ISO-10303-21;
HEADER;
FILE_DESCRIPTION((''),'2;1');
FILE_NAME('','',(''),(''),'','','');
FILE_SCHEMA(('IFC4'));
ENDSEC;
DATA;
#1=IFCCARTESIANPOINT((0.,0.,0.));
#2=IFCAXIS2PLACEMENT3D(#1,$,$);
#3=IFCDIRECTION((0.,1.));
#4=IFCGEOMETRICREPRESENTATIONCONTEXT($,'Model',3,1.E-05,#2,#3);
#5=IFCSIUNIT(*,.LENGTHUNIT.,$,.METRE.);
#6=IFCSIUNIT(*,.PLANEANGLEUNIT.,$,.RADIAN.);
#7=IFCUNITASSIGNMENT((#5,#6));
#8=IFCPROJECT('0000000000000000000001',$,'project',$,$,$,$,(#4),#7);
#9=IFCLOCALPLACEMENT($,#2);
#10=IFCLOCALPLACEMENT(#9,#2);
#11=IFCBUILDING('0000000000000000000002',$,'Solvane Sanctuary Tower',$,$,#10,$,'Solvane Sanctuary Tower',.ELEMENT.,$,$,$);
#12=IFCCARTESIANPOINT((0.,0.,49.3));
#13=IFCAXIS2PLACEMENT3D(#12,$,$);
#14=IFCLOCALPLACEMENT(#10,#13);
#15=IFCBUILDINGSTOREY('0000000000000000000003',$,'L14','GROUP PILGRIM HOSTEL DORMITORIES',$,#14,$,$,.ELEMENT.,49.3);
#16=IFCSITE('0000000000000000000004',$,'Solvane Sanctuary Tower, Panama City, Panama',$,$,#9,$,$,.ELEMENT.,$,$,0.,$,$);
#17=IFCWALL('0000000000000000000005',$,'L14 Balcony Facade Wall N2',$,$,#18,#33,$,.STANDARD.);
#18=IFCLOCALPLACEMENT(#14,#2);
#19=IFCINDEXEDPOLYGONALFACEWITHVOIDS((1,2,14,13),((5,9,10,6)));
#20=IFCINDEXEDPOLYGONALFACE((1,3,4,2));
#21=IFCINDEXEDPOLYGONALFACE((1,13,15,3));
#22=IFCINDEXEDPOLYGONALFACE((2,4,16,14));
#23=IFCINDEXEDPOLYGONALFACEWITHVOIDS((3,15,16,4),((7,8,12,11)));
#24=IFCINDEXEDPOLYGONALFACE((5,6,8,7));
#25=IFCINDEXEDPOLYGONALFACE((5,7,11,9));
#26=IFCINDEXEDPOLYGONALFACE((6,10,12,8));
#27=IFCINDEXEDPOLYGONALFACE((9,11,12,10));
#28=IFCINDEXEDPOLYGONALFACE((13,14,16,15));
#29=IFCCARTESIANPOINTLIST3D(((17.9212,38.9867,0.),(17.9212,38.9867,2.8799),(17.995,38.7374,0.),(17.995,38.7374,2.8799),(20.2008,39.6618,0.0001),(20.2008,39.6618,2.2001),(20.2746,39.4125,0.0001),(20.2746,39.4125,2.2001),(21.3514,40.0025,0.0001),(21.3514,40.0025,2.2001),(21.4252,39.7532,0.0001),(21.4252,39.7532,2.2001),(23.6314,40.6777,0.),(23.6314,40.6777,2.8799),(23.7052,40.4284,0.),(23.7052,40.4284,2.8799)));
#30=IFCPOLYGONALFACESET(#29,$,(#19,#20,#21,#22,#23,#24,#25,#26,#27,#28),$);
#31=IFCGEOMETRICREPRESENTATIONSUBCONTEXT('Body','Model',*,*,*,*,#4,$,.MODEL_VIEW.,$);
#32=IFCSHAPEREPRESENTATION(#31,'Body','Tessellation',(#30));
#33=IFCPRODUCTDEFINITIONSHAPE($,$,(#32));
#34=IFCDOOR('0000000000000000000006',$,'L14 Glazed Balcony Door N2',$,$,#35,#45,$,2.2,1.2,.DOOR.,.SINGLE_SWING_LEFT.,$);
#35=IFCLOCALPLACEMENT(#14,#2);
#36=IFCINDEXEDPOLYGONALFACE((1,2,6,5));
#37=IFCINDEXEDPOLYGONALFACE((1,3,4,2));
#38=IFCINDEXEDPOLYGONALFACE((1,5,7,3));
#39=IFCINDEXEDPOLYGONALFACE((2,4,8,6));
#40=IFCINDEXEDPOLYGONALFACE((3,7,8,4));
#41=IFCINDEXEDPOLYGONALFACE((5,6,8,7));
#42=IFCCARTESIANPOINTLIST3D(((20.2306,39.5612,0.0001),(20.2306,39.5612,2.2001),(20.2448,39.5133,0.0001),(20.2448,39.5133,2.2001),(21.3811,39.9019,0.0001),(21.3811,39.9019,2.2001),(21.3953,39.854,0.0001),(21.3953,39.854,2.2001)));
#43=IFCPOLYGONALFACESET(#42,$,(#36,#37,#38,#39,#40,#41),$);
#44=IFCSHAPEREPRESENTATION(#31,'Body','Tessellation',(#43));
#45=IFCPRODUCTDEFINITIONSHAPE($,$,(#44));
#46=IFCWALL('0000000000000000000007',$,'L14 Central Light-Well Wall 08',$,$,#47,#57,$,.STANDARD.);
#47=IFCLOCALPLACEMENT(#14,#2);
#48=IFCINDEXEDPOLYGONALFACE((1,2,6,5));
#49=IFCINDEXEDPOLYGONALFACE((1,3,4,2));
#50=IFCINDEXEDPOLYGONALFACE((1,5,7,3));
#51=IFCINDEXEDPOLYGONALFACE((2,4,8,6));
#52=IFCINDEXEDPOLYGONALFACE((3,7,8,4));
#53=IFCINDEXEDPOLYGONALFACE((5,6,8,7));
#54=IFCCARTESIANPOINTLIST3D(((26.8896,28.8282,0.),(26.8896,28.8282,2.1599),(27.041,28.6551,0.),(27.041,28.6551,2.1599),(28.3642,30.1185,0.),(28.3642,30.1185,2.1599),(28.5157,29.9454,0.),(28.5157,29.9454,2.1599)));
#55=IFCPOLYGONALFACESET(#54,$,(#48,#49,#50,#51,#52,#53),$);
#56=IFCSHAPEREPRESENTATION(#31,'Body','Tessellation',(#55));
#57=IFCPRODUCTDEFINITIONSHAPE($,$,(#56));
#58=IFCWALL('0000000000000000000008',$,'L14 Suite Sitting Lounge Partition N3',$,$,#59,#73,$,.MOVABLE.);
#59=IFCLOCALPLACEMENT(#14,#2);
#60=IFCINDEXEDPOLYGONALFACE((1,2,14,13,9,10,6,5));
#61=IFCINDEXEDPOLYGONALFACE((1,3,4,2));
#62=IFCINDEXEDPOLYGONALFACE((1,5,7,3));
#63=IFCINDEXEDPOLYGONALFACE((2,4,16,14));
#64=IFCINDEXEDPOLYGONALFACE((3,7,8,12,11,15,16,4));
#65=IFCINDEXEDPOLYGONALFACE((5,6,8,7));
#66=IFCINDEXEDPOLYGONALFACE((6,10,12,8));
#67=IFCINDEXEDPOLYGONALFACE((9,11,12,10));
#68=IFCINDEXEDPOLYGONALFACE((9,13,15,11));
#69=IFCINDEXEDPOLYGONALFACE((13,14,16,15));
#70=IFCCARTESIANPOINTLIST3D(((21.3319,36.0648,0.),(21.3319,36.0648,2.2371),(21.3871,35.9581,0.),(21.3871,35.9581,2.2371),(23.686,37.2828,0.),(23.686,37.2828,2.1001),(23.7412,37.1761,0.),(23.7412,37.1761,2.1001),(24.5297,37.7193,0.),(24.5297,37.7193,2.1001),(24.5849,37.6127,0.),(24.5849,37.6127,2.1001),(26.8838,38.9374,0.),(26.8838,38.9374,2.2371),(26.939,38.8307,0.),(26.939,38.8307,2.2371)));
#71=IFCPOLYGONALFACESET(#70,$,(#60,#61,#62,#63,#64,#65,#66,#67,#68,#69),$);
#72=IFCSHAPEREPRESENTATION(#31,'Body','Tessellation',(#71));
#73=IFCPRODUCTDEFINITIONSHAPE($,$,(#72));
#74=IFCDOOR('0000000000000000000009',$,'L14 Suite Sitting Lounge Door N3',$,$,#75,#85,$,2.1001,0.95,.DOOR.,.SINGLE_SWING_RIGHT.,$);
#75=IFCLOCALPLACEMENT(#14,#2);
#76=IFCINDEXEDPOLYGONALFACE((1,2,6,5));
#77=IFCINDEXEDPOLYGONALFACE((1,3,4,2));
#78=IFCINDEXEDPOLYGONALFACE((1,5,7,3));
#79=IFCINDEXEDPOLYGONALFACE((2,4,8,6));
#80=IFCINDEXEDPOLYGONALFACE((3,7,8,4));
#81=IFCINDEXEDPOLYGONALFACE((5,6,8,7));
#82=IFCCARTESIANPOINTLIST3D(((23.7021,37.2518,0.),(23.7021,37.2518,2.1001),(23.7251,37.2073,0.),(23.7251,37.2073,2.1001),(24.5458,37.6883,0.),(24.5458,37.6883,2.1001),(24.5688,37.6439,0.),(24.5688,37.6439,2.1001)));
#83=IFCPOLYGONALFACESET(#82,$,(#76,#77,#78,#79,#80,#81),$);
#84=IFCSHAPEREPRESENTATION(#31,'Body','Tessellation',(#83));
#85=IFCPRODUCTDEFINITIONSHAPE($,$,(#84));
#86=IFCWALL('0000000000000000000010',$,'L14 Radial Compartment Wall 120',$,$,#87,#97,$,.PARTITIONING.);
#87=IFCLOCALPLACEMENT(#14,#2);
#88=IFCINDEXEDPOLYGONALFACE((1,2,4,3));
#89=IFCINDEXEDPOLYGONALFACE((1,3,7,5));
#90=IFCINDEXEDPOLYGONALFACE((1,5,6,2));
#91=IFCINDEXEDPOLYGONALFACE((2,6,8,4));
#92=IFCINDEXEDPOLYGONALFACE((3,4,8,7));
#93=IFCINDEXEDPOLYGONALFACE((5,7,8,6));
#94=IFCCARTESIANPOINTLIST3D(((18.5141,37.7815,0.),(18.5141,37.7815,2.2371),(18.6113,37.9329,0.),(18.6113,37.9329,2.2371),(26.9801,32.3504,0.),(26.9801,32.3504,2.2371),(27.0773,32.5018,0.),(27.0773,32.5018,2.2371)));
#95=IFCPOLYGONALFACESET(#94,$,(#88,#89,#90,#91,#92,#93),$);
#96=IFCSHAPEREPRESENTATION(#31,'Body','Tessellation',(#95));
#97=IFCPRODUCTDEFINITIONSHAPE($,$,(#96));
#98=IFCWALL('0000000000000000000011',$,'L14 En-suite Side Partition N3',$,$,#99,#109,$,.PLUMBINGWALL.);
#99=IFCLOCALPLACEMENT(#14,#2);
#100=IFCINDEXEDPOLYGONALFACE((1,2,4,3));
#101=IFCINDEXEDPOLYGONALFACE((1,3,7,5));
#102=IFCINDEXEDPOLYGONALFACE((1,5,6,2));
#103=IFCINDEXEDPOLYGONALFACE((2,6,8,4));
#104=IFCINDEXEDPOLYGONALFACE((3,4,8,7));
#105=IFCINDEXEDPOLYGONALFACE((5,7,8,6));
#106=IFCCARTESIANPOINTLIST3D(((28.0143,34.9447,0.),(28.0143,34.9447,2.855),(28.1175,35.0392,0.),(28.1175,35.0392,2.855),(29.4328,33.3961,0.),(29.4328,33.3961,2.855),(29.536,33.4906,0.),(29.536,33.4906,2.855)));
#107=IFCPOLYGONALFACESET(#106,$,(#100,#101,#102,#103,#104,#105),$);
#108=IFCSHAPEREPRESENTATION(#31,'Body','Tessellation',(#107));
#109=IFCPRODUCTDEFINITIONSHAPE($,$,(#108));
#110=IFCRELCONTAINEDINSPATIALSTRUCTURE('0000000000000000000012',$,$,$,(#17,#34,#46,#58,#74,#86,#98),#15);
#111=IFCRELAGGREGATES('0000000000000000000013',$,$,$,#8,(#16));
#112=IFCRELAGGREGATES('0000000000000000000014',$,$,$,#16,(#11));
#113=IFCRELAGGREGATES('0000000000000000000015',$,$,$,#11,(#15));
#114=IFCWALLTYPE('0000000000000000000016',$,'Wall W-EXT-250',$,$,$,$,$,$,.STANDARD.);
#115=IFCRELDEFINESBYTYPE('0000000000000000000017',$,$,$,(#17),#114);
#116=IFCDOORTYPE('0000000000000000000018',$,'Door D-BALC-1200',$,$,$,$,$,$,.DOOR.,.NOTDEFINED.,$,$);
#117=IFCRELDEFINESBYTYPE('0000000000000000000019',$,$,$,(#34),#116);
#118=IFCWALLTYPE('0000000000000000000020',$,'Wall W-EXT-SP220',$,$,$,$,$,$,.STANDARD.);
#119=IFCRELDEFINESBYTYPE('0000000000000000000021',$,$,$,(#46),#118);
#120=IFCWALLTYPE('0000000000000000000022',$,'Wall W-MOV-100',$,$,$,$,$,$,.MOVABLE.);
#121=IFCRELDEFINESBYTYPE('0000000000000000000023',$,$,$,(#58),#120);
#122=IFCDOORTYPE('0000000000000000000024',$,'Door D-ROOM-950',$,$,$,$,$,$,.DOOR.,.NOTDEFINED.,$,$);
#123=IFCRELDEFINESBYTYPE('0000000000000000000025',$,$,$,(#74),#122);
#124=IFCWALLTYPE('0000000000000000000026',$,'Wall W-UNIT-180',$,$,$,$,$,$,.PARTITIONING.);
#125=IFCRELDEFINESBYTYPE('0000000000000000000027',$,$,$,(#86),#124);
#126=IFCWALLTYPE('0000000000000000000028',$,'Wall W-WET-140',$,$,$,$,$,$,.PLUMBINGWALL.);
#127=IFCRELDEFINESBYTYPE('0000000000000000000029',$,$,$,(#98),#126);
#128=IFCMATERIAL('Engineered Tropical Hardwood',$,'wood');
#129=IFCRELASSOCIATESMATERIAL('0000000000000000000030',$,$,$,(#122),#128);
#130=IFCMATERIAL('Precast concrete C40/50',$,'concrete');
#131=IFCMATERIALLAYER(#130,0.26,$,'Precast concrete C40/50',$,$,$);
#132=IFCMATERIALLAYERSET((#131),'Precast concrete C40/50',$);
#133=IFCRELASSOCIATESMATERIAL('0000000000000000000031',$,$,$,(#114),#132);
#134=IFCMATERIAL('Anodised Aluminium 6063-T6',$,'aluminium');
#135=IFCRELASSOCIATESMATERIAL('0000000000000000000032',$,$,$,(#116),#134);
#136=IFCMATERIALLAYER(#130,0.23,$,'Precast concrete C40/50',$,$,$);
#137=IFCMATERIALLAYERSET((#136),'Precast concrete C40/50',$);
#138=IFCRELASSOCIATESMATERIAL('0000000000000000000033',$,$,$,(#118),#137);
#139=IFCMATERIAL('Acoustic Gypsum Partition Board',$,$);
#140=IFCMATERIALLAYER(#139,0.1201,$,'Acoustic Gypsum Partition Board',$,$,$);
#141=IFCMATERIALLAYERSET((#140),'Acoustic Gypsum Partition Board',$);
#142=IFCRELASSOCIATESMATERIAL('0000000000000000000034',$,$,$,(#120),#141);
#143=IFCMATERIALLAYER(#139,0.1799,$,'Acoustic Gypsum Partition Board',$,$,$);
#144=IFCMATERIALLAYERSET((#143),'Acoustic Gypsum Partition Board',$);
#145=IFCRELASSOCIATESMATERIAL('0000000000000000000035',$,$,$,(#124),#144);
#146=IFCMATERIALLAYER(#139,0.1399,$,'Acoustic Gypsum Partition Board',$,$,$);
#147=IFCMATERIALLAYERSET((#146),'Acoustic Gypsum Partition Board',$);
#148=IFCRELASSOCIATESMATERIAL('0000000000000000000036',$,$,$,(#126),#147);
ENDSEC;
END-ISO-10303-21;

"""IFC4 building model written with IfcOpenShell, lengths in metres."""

from ifc_helpers import new_model, si_unit, direction, frame, frame_2d, origin, place, context, subcontext, project, spatial, rectangle, extrude, material, layer, layer_set, type_object, element, fill, save


model = new_model("IFC4")

# Units and contexts
model_context = context("Model", 3, precision=1e-05, world=origin(), true_north=direction((0.0, 1.0)))
body_context = subcontext(model_context, "Body", "Model", "MODEL_VIEW")
ifc_project = project(units=[si_unit("LENGTHUNIT", "METRE"), si_unit("PLANEANGLEUNIT", "RADIAN")], contexts=[model_context])

# Site, building, storey
site_placement = place(None, origin())
site = spatial("IfcSite", under=ifc_project, at=site_placement, Name="Solvane Sanctuary Tower, Panama City, Panama", CompositionType="ELEMENT", RefElevation=0.0)
building_placement = place(site_placement, origin())
building = spatial("IfcBuilding", under=site, at=building_placement, Name="Solvane Sanctuary Tower", LongName="Solvane Sanctuary Tower", CompositionType="ELEMENT")
storey_placement = place(building_placement, frame((0.0, 0.0, 49.3)))
storey = spatial("IfcBuildingStorey", under=building, at=storey_placement, Name="L14", Description="GROUP PILGRIM HOSTEL DORMITORIES", CompositionType="ELEMENT", Elevation=49.3)

# Shared definitions
ifc_material_1 = material(Name="Acoustic Gypsum Partition Board")

# Wall, opening, door
ifc_material_2 = material(Name="Engineered Tropical Hardwood", Category="wood")
door_type_1 = type_object("IfcDoorType", Name="Door D-ROOM-950", OperationType="NOTDEFINED", PredefinedType="DOOR", material=ifc_material_2)
ifc_material_3 = material(Name="Precast concrete C40/50", Category="concrete")
ifc_layer_1 = layer(ifc_material_3, 0.26, Name="Precast concrete C40/50")
ifc_layer_set_1 = layer_set([ifc_layer_1], Name="Precast concrete C40/50")
wall_type_1 = type_object("IfcWallType", Name="Wall W-EXT-250", PredefinedType="STANDARD", material=ifc_layer_set_1)
wall_1_placement = place(storey_placement, frame((23.6682, 40.553, 0.0), z_axis=(0.0, 0.0, 1.0), x_axis=(-0.958844, -0.283935, 0.0)))
wall_1 = element("IfcWall", 1, at=wall_1_placement, inside=storey, type_object=wall_type_1, Name="L14 Balcony Facade Wall N2", PredefinedType="STANDARD", context=body_context, shape_type="SweptSolid", body=[
    extrude(rectangle(XDim=5.9553, YDim=0.26, at=frame_2d((2.9775, 0.0))), origin(), (0.0, 0.0, 1.0), 2.8799),
])
opening_1_placement = place(wall_1_placement, frame((2.3777, 0.0, 0.0)))
opening_1 = element("IfcOpeningElement", 2, at=opening_1_placement, cuts=wall_1, PredefinedType="OPENING", context=body_context, shape_type="SweptSolid", body=[
    extrude(rectangle(XDim=1.2, YDim=2.2, at=frame_2d((0.6001, 1.1001))), frame((0.0, 0.1399, 0.0), z_axis=(0.0, -1.0, 0.0), x_axis=(1.0, 0.0, 0.0)), (0.0, 0.0, 1.0), 0.28),
])
ifc_material_4 = material(Name="Anodised Aluminium 6063-T6", Category="aluminium")
door_type_2 = type_object("IfcDoorType", Name="Door D-BALC-1200", OperationType="NOTDEFINED", PredefinedType="DOOR", material=ifc_material_4)
door_1_placement = place(opening_1_placement, origin())
door_1 = element("IfcDoor", 3, at=door_1_placement, inside=storey, type_object=door_type_2, Name="L14 Glazed Balcony Door N2", OperationType="SINGLE_SWING_LEFT", OverallHeight=2.2, OverallWidth=1.2, PredefinedType="DOOR", context=body_context, shape_type="SweptSolid", body=[
    extrude(rectangle(XDim=1.2, YDim=2.2, at=frame_2d((0.6001, 1.1001))), frame((0.0, 0.0249, 0.0), z_axis=(0.0, -1.0, 0.0), x_axis=(1.0, 0.0, 0.0)), (0.0, 0.0, 1.0), 0.05),
])
fill(opening_1, door_1)

# Wall
ifc_layer_2 = layer(ifc_material_3, 0.23, Name="Precast concrete C40/50")
ifc_layer_set_2 = layer_set([ifc_layer_2], Name="Precast concrete C40/50")
wall_type_2 = type_object("IfcWallType", Name="Wall W-EXT-SP220", PredefinedType="STANDARD", material=ifc_layer_set_2)
wall_2_placement = place(storey_placement, frame((28.4399, 30.032, 0.0), z_axis=(0.0, 0.0, 1.0), x_axis=(-0.752577, -0.658505, 0.0)))
element("IfcWall", 4, at=wall_2_placement, inside=storey, type_object=wall_type_2, Name="L14 Central Light-Well Wall 08", PredefinedType="STANDARD", context=body_context, shape_type="SweptSolid", body=[
    extrude(rectangle(XDim=1.9595, YDim=0.23, at=frame_2d((0.9797, 0.0))), origin(), (0.0, 0.0, 1.0), 2.1599),
])

# Wall, opening, door
ifc_layer_3 = layer(ifc_material_1, 0.1201, Name="Acoustic Gypsum Partition Board")
ifc_layer_set_3 = layer_set([ifc_layer_3], Name="Acoustic Gypsum Partition Board")
wall_type_3 = type_object("IfcWallType", Name="Wall W-MOV-100", PredefinedType="MOVABLE", material=ifc_layer_set_3)
wall_3_placement = place(storey_placement, frame((26.9114, 38.884, 0.0), z_axis=(0.0, 0.0, 1.0), x_axis=(-0.888155, -0.459544, 0.0)))
wall_3 = element("IfcWall", 5, at=wall_3_placement, inside=storey, type_object=wall_type_3, Name="L14 Suite Sitting Lounge Partition N3", PredefinedType="MOVABLE", context=body_context, shape_type="SweptSolid", body=[
    extrude(rectangle(XDim=6.251, YDim=0.1201, at=frame_2d((3.1255, 0.0))), origin(), (0.0, 0.0, 1.0), 2.2371),
])
opening_2_placement = place(wall_3_placement, frame((2.6504, 0.0, 0.0)))
opening_2 = element("IfcOpeningElement", 6, at=opening_2_placement, cuts=wall_3, PredefinedType="OPENING", context=body_context, shape_type="SweptSolid", body=[
    extrude(rectangle(XDim=0.95, YDim=2.1001, at=frame_2d((0.4751, 1.05))), frame((0.0, 0.0701, 0.0), z_axis=(0.0, -1.0, 0.0), x_axis=(1.0, 0.0, 0.0)), (0.0, 0.0, 1.0), 0.1401),
])
door_2_placement = place(opening_2_placement, origin())
door_2 = element("IfcDoor", 7, at=door_2_placement, inside=storey, type_object=door_type_1, Name="L14 Suite Sitting Lounge Door N3", OperationType="SINGLE_SWING_RIGHT", OverallHeight=2.1001, OverallWidth=0.95, PredefinedType="DOOR", context=body_context, shape_type="SweptSolid", body=[
    extrude(rectangle(XDim=0.95, YDim=2.1001, at=frame_2d((0.4751, 1.05))), frame((0.0, 0.0249, 0.0), z_axis=(0.0, -1.0, 0.0), x_axis=(1.0, 0.0, 0.0)), (0.0, 0.0, 1.0), 0.05),
])
fill(opening_2, door_2)

# Walls
ifc_layer_4 = layer(ifc_material_1, 0.1799, Name="Acoustic Gypsum Partition Board")
ifc_layer_set_4 = layer_set([ifc_layer_4], Name="Acoustic Gypsum Partition Board")
wall_type_4 = type_object("IfcWallType", Name="Wall W-UNIT-180", PredefinedType="PARTITIONING", material=ifc_layer_set_4)
wall_4_placement = place(storey_placement, frame((27.0288, 32.426, 0.0), z_axis=(0.0, 0.0, 1.0), x_axis=(-0.84169, 0.539961, 0.0)))
element("IfcWall", 8, at=wall_4_placement, inside=storey, type_object=wall_type_4, Name="L14 Radial Compartment Wall 120", PredefinedType="PARTITIONING", context=body_context, shape_type="SweptSolid", body=[
    extrude(rectangle(XDim=10.0583, YDim=0.1799, at=frame_2d((5.0293, 0.0))), origin(), (0.0, 0.0, 1.0), 2.2371),
])
ifc_layer_5 = layer(ifc_material_1, 0.1399, Name="Acoustic Gypsum Partition Board")
ifc_layer_set_5 = layer_set([ifc_layer_5], Name="Acoustic Gypsum Partition Board")
wall_type_5 = type_object("IfcWallType", Name="Wall W-WET-140", PredefinedType="PLUMBINGWALL", material=ifc_layer_set_5)
wall_5_placement = place(storey_placement, frame((29.4844, 33.4434, 0.0), z_axis=(0.0, 0.0, 1.0), x_axis=(-0.675446, 0.73741, 0.0)))
element("IfcWall", 9, at=wall_5_placement, inside=storey, type_object=wall_type_5, Name="L14 En-suite Side Partition N3", PredefinedType="PLUMBINGWALL", context=body_context, shape_type="SweptSolid", body=[
    extrude(rectangle(XDim=2.1001, YDim=0.1399, at=frame_2d((1.05, 0.0))), origin(), (0.0, 0.0, 1.0), 2.855),
])

save(model, "model.ifc")
